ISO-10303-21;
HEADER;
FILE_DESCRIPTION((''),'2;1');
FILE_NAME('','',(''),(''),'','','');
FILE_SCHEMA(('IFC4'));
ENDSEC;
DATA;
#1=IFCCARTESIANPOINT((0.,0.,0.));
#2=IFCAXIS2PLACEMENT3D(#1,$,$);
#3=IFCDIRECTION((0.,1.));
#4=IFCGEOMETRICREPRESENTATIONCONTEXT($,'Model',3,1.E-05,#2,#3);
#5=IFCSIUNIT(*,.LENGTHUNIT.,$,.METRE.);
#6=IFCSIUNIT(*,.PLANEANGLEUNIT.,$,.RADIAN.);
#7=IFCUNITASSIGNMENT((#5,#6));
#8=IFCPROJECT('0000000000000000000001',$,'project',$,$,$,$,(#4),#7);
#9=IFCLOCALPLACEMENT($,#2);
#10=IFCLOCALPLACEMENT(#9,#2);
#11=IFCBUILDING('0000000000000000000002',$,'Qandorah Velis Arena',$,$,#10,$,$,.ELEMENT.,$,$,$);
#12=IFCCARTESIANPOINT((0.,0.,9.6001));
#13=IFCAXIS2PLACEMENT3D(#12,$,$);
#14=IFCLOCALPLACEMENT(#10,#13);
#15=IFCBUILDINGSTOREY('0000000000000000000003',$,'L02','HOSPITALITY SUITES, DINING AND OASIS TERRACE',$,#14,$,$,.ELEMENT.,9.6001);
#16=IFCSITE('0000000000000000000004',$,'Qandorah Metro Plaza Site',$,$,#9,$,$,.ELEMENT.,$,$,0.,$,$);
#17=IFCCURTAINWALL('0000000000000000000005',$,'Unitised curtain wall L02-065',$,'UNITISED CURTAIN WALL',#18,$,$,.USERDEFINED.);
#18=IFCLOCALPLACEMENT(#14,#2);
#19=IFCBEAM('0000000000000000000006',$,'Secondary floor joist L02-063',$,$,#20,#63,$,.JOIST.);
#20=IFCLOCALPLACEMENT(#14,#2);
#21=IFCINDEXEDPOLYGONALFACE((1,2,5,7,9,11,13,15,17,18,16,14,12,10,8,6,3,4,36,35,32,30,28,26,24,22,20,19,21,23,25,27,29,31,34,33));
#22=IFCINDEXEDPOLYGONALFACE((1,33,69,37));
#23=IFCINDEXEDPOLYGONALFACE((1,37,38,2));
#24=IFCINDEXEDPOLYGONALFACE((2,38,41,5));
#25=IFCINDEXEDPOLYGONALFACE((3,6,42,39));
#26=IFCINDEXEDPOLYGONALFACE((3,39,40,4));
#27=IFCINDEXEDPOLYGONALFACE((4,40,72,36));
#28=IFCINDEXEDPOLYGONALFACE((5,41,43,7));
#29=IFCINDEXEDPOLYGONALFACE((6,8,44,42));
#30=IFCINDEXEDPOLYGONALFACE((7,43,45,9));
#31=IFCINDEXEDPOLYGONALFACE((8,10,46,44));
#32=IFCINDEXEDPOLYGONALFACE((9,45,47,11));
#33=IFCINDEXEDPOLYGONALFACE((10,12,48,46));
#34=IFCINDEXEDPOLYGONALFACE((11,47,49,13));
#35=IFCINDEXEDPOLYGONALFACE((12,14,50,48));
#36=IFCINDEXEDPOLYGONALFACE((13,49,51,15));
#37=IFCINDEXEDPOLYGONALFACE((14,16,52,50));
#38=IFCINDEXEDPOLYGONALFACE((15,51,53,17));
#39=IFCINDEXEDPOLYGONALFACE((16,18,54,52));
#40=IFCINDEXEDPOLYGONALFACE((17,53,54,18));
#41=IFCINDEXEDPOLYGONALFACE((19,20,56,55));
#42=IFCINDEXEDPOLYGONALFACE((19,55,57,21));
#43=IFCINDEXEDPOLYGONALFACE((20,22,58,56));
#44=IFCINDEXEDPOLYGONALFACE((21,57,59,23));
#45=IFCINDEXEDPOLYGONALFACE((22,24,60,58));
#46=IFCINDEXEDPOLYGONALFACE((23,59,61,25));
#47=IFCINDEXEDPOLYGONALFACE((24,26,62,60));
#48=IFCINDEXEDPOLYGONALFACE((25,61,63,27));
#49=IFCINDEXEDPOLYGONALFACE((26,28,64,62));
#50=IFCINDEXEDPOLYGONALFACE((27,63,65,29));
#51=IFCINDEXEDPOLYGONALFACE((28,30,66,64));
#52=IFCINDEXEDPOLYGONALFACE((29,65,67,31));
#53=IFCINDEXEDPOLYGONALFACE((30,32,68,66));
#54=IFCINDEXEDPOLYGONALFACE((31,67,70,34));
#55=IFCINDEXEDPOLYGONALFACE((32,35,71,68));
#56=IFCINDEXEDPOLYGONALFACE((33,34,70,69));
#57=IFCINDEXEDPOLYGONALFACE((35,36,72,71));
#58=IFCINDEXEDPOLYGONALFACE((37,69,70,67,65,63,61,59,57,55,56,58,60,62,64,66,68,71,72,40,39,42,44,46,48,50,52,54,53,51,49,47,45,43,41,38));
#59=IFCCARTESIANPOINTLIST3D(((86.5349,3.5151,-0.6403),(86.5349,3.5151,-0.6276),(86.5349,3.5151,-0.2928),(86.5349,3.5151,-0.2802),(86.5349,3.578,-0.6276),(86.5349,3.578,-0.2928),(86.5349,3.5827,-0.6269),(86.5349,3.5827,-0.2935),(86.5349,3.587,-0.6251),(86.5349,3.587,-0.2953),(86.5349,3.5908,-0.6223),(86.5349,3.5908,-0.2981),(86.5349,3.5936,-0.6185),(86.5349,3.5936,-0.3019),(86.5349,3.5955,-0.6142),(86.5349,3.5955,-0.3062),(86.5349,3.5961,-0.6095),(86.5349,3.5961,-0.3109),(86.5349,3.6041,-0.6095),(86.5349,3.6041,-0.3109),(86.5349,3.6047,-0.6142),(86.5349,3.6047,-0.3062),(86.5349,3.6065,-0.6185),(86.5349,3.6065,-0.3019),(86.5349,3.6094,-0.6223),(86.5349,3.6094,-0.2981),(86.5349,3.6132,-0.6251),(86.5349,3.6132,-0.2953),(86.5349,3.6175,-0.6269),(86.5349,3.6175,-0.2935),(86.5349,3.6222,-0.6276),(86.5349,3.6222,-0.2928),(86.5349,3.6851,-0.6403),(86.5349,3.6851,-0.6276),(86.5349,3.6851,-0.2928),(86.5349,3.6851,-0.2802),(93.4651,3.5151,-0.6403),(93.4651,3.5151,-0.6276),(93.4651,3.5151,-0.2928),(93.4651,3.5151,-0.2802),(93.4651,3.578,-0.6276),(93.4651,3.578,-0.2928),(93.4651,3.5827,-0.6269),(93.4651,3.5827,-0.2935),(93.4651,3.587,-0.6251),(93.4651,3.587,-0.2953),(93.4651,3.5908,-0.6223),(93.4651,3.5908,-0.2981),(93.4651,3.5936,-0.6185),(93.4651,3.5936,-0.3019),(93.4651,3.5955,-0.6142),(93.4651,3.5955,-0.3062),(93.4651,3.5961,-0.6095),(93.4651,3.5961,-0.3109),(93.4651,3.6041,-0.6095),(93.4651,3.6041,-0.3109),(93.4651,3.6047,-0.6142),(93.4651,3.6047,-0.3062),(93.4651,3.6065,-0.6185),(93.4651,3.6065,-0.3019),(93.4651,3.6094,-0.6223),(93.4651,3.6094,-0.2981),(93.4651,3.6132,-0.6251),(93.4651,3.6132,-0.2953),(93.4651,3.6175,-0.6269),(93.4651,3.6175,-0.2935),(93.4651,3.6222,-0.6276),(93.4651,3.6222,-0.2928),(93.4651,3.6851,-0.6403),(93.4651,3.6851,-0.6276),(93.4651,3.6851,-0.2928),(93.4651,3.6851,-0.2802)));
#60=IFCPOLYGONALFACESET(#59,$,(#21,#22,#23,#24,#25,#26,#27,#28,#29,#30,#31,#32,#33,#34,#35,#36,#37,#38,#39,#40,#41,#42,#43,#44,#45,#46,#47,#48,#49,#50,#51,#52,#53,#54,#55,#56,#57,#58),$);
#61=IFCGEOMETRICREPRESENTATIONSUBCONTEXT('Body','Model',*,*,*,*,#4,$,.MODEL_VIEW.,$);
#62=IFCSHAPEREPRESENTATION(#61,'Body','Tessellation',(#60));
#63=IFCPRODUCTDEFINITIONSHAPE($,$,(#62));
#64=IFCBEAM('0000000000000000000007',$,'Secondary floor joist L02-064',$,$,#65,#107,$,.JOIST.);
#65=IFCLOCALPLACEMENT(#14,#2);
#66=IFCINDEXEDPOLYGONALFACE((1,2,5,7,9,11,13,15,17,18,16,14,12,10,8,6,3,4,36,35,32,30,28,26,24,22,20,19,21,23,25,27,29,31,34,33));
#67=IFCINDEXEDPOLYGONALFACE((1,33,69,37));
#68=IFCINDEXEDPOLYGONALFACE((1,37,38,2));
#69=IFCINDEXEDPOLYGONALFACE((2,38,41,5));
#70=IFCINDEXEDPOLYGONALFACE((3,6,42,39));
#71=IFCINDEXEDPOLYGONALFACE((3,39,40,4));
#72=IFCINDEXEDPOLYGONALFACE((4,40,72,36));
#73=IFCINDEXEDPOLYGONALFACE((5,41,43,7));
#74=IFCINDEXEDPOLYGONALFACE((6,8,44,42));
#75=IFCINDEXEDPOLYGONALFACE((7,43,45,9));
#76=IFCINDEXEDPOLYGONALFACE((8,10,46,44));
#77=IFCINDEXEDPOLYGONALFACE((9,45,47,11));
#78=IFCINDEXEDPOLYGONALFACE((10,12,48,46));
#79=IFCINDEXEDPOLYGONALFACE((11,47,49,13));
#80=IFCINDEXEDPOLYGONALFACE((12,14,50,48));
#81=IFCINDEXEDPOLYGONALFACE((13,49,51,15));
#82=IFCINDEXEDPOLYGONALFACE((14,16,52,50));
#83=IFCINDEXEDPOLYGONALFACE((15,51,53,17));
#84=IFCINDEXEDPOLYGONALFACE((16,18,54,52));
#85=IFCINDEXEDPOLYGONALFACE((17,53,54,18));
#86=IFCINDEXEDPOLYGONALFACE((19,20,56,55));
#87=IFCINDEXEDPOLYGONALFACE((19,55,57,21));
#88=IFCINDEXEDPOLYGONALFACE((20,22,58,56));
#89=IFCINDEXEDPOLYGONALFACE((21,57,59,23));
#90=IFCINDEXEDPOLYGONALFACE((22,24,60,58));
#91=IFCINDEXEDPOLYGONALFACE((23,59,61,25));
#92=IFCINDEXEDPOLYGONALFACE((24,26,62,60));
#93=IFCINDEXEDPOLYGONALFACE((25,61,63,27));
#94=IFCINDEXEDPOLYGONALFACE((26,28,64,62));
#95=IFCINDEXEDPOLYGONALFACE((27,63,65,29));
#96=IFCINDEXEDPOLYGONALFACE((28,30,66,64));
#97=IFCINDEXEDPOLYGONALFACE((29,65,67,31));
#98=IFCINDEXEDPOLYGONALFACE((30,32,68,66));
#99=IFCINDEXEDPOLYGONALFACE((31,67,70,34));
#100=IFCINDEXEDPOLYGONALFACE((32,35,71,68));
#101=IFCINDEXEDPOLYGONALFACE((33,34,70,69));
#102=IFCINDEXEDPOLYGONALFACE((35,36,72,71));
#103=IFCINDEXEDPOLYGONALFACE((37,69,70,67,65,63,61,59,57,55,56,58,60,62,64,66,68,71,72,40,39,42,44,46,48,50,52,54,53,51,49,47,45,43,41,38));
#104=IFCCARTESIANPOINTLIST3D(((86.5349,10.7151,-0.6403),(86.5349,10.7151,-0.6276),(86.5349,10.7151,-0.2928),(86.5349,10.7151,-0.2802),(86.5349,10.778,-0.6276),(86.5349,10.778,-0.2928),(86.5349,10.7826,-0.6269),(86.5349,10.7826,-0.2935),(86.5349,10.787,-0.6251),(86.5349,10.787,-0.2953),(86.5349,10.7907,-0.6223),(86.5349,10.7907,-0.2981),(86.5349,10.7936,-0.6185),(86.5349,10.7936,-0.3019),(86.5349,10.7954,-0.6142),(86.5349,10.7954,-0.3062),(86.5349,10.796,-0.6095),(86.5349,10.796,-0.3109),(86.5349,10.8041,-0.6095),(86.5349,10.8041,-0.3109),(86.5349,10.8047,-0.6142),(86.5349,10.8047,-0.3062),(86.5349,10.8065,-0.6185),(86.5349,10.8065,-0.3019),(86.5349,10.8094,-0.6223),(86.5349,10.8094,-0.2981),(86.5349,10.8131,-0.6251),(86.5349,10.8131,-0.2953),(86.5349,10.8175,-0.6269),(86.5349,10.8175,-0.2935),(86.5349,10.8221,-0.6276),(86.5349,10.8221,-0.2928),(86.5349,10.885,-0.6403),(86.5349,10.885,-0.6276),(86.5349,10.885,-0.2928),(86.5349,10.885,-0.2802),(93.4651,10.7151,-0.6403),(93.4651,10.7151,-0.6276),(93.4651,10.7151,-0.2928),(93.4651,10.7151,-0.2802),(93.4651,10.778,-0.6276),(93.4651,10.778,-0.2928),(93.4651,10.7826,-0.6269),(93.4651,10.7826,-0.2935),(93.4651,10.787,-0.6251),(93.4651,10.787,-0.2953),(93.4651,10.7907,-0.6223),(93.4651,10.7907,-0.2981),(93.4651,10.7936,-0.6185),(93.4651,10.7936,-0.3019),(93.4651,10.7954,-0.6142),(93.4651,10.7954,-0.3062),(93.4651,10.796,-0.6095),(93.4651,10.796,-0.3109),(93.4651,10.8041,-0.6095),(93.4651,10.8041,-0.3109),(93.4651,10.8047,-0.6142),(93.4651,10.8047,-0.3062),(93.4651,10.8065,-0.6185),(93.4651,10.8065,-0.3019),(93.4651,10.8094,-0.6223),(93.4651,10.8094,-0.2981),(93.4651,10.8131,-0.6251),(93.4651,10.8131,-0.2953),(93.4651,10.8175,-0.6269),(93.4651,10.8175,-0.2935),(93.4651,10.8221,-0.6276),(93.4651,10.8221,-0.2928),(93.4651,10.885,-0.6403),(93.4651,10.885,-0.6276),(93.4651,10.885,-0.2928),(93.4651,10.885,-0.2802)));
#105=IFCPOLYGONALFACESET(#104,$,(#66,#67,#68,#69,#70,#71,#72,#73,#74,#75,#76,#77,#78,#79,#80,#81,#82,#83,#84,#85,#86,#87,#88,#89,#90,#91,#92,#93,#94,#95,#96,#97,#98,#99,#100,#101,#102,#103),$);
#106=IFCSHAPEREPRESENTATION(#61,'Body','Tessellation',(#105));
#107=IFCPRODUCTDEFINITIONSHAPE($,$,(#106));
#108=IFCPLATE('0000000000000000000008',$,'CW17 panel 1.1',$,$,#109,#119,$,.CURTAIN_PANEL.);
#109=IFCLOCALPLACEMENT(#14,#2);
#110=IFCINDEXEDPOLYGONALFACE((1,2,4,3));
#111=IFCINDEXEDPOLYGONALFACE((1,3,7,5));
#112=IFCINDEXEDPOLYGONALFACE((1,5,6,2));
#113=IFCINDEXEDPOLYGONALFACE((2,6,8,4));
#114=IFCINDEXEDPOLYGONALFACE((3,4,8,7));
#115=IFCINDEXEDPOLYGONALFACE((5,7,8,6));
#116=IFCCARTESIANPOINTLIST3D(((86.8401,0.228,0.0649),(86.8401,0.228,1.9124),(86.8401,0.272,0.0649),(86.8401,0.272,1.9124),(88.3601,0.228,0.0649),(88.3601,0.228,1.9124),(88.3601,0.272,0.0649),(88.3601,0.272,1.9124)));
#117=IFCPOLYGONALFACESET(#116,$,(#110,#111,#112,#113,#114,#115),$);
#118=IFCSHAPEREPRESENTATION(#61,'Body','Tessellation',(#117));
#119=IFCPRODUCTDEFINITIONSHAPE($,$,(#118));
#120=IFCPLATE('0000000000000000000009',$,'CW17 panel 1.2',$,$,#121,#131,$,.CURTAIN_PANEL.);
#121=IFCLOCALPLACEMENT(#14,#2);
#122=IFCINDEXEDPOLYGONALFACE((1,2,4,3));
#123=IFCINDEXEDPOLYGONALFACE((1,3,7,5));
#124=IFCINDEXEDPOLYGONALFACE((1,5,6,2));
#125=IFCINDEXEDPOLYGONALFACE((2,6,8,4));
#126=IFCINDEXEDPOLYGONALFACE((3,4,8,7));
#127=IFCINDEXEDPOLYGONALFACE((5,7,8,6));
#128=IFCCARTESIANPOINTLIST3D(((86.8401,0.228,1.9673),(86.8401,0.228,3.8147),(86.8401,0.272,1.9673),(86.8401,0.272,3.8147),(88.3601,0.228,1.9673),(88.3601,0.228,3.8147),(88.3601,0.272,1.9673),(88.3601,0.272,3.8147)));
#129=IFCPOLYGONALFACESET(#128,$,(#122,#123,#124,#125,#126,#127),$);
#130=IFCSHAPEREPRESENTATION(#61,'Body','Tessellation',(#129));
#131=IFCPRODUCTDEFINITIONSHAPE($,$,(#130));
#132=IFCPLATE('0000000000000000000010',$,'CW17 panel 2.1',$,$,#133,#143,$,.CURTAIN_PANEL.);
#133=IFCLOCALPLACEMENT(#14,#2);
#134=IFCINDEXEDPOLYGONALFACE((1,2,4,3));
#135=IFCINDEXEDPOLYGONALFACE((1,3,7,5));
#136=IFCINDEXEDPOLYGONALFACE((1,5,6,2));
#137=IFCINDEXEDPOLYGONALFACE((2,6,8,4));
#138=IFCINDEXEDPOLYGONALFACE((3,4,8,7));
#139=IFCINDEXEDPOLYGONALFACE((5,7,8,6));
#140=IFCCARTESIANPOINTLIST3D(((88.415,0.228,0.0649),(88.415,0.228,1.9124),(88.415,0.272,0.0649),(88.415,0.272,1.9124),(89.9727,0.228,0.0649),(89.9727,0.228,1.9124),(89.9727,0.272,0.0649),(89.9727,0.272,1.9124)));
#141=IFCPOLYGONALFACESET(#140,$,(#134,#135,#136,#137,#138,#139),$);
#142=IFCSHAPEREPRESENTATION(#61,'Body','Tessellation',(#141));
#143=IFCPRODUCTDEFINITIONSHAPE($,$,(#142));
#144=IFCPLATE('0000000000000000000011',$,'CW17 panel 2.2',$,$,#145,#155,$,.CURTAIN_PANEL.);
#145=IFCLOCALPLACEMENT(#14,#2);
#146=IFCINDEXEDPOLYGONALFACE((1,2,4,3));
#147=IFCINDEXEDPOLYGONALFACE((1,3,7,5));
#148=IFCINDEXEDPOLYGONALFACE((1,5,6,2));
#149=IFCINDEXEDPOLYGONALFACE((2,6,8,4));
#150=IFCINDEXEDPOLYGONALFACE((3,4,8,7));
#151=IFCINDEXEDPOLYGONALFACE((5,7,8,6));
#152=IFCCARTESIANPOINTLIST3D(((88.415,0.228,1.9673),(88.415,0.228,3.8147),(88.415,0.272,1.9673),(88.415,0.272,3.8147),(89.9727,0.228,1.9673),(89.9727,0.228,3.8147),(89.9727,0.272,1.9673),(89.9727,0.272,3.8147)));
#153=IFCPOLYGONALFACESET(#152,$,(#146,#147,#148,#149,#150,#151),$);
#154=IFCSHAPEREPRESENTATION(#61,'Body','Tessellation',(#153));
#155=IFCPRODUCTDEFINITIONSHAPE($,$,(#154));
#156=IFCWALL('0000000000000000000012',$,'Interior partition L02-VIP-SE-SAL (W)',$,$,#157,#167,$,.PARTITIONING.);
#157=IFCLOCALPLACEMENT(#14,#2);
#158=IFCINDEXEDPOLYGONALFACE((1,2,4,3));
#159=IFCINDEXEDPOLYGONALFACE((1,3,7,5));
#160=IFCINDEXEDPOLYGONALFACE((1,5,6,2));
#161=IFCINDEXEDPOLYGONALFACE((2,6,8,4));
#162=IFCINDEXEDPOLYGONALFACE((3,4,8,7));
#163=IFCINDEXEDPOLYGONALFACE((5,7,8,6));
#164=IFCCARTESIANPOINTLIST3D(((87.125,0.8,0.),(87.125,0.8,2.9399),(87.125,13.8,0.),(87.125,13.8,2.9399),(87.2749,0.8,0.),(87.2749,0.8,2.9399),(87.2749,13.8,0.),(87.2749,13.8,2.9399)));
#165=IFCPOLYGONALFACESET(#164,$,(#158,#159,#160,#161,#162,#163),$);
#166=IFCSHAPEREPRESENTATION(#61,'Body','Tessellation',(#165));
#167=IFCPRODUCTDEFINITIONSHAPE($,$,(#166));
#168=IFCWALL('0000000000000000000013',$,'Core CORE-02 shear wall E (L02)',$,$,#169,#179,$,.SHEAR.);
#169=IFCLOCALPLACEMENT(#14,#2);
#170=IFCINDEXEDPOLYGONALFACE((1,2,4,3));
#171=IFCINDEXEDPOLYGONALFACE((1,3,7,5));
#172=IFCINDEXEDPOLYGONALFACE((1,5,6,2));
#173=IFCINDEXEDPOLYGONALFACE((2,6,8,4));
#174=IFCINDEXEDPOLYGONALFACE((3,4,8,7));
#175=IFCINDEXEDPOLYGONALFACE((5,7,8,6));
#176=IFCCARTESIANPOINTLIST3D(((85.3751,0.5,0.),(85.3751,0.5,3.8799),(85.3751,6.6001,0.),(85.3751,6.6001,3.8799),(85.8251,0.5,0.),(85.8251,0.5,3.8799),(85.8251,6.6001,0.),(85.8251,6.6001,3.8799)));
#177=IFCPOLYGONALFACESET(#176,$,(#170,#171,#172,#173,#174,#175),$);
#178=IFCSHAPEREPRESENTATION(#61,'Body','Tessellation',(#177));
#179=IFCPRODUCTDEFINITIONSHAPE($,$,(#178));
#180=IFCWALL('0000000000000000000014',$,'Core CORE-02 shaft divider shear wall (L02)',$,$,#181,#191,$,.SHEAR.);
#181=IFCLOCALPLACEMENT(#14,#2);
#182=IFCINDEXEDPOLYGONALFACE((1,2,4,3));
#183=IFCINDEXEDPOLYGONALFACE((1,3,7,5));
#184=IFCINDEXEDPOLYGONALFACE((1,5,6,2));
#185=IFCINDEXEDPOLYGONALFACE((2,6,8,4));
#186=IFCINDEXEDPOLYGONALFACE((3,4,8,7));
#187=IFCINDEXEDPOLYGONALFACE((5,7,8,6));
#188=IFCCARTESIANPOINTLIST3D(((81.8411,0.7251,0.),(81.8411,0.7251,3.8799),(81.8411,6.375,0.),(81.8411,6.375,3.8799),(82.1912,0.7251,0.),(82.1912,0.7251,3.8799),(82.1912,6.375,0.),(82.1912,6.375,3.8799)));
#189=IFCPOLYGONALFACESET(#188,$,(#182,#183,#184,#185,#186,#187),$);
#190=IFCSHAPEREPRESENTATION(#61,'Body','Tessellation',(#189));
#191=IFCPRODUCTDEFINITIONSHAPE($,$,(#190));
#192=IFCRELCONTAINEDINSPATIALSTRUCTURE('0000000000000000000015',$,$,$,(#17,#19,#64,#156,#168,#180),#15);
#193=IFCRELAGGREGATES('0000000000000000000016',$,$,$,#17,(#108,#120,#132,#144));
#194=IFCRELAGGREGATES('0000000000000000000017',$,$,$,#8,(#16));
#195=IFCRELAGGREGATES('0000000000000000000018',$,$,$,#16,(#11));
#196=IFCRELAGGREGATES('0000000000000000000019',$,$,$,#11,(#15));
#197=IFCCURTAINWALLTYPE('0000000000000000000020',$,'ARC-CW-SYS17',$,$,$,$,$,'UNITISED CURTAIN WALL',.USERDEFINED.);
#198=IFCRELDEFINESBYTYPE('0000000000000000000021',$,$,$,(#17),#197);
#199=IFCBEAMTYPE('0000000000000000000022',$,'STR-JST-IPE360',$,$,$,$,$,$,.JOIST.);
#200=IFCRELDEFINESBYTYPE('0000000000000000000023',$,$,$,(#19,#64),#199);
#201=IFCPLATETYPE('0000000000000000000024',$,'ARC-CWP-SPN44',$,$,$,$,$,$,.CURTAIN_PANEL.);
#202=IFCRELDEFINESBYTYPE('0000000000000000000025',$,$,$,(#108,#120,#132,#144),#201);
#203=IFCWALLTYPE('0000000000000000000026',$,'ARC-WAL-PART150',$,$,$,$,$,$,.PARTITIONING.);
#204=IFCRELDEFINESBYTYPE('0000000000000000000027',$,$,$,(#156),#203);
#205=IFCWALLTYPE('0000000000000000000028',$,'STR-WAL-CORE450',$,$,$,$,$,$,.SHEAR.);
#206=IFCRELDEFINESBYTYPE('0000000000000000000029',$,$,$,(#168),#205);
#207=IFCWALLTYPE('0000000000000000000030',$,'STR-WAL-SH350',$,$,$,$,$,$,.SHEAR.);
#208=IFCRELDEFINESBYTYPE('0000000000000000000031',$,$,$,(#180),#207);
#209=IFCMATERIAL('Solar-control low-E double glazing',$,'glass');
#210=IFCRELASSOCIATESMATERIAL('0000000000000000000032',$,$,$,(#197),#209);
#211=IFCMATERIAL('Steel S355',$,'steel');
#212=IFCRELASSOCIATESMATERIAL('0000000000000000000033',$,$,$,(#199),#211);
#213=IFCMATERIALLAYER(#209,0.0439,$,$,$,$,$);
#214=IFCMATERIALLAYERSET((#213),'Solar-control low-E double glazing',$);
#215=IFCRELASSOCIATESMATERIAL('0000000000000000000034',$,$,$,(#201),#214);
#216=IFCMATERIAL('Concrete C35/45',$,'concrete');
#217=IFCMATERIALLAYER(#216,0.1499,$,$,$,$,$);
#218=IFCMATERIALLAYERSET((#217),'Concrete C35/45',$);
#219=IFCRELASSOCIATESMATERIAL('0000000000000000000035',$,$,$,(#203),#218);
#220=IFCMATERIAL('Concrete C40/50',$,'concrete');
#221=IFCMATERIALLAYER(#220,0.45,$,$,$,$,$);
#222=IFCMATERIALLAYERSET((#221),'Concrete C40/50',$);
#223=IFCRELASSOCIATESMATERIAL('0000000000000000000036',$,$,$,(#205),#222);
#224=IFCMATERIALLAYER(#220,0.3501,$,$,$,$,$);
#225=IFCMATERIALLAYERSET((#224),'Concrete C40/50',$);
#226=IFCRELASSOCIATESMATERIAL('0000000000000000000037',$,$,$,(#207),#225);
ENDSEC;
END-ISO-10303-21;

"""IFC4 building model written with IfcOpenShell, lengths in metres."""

from ifc_helpers import new_model, si_unit, direction, frame, frame_2d, origin, origin_2d, place, context, subcontext, project, spatial, rectangle, i_section, extrude, material, layer, layer_set, material_profile, profile_set, type_object, element, aggregate, save


model = new_model("IFC4")

# Units and contexts
model_context = context("Model", 3, precision=1e-05, world=origin(), true_north=direction((0.0, 1.0)))
body_context = subcontext(model_context, "Body", "Model", "MODEL_VIEW")
ifc_project = project(units=[si_unit("LENGTHUNIT", "METRE"), si_unit("PLANEANGLEUNIT", "RADIAN")], contexts=[model_context])

# Site, building, storey
site_placement = place(None, origin())
site = spatial("IfcSite", under=ifc_project, at=site_placement, Name="Qandorah Metro Plaza Site", CompositionType="ELEMENT", RefElevation=0.0)
building_placement = place(site_placement, origin())
building = spatial("IfcBuilding", under=site, at=building_placement, Name="Qandorah Velis Arena", CompositionType="ELEMENT")
storey_placement = place(building_placement, frame((0.0, 0.0, 9.6001)))
storey = spatial("IfcBuildingStorey", under=building, at=storey_placement, Name="L02", Description="HOSPITALITY SUITES, DINING AND OASIS TERRACE", CompositionType="ELEMENT", Elevation=9.6001)

# Shared definitions
ifc_material_1 = material(Name="Concrete C40/50", Category="concrete")
ifc_material_2 = material(Name="Steel S355", Category="steel")

# Curtain wall
ifc_material_3 = material(Name="Solar-control low-E double glazing", Category="glass")
curtain_wall_type = type_object("IfcCurtainWallType", Name="ARC-CW-SYS17", ElementType="UNITISED CURTAIN WALL", PredefinedType="USERDEFINED", material=ifc_material_3)
curtain_wall_placement = place(storey_placement, origin())
curtain_wall = element("IfcCurtainWall", 1, at=curtain_wall_placement, inside=storey, type_object=curtain_wall_type, Name="Unitised curtain wall L02-065", ObjectType="UNITISED CURTAIN WALL", PredefinedType="USERDEFINED")

# Beams
ifc_material_profile_1 = material_profile(ifc_material_2, i_section(OverallWidth=0.1699, OverallDepth=0.3601, WebThickness=0.0081, FlangeThickness=0.0127, FilletRadius=0.0181, at=origin_2d()), Name="IPE 360")
ifc_profile_set_1 = profile_set([ifc_material_profile_1], Name="Steel S355")
beam_type_1 = type_object("IfcBeamType", Name="STR-JST-IPE360", PredefinedType="JOIST", material=ifc_profile_set_1)
for number, where, z_axis, x_axis, name in (
    (2, (86.5349, 3.6001, -0.4602), (1.0, 0.0, 0.0), (0.0, 1.0, 0.0), "Secondary floor joist L02-063"),
    (3, (86.5349, 10.8, -0.4602), (1.0, 0.0, 0.0), (0.0, 1.0, 0.0), "Secondary floor joist L02-064"),
):
    element("IfcBeam", number, at=place(storey_placement, frame(where, z_axis=z_axis, x_axis=x_axis)), inside=storey, type_object=beam_type_1, Name=name, PredefinedType="JOIST", context=body_context, shape_type="SweptSolid", body=[
        extrude(i_section(OverallWidth=0.1699, OverallDepth=0.3601, WebThickness=0.0081, FlangeThickness=0.0127, FilletRadius=0.0181, at=origin_2d()), origin(), (0.0, 0.0, 1.0), 6.9302),
    ])

# Plates
ifc_layer_1 = layer(ifc_material_3, 0.0439)
ifc_layer_set_1 = layer_set([ifc_layer_1], Name="Solar-control low-E double glazing")
plate_type = type_object("IfcPlateType", Name="ARC-CWP-SPN44", PredefinedType="CURTAIN_PANEL", material=ifc_layer_set_1)
plate_1_placement = place(storey_placement, frame((87.6001, 0.25, 0.0649), z_axis=(0.0, 0.0, 1.0), x_axis=(1.0, 0.0, 0.0)))
plate_1 = element("IfcPlate", 4, at=plate_1_placement, type_object=plate_type, Name="CW17 panel 1.1", PredefinedType="CURTAIN_PANEL", context=body_context, shape_type="SweptSolid", body=[
    extrude(rectangle(XDim=1.52, YDim=0.0439, at=origin_2d()), origin(), (0.0, 0.0, 1.0), 1.8474),
])
plate_2_placement = place(storey_placement, frame((87.6001, 0.25, 1.9673), z_axis=(0.0, 0.0, 1.0), x_axis=(1.0, 0.0, 0.0)))
plate_2 = element("IfcPlate", 5, at=plate_2_placement, type_object=plate_type, Name="CW17 panel 1.2", PredefinedType="CURTAIN_PANEL", context=body_context, shape_type="SweptSolid", body=[
    extrude(rectangle(XDim=1.52, YDim=0.0439, at=origin_2d()), origin(), (0.0, 0.0, 1.0), 1.8474),
])
plate_3_placement = place(storey_placement, frame((89.1938, 0.25, 0.0649), z_axis=(0.0, 0.0, 1.0), x_axis=(1.0, 0.0, 0.0)))
plate_3 = element("IfcPlate", 6, at=plate_3_placement, type_object=plate_type, Name="CW17 panel 2.1", PredefinedType="CURTAIN_PANEL", context=body_context, shape_type="SweptSolid", body=[
    extrude(rectangle(XDim=1.5576, YDim=0.0439, at=origin_2d()), origin(), (0.0, 0.0, 1.0), 1.8474),
])
plate_4_placement = place(storey_placement, frame((89.1938, 0.25, 1.9673), z_axis=(0.0, 0.0, 1.0), x_axis=(1.0, 0.0, 0.0)))
plate_4 = element("IfcPlate", 7, at=plate_4_placement, type_object=plate_type, Name="CW17 panel 2.2", PredefinedType="CURTAIN_PANEL", context=body_context, shape_type="SweptSolid", body=[
    extrude(rectangle(XDim=1.5576, YDim=0.0439, at=origin_2d()), origin(), (0.0, 0.0, 1.0), 1.8474),
])
aggregate(curtain_wall, [plate_1, plate_2, plate_3, plate_4])

# Walls
ifc_material_4 = material(Name="Concrete C35/45", Category="concrete")
ifc_layer_2 = layer(ifc_material_4, 0.1499)
ifc_layer_set_2 = layer_set([ifc_layer_2], Name="Concrete C35/45")
wall_type_1 = type_object("IfcWallType", Name="ARC-WAL-PART150", PredefinedType="PARTITIONING", material=ifc_layer_set_2)
wall_1_placement = place(storey_placement, frame((87.2, 13.8, 0.0), z_axis=(0.0, 0.0, 1.0), x_axis=(0.0, -1.0, 0.0)))
element("IfcWall", 8, at=wall_1_placement, inside=storey, type_object=wall_type_1, Name="Interior partition L02-VIP-SE-SAL (W)", PredefinedType="PARTITIONING", context=body_context, shape_type="SweptSolid", body=[
    extrude(rectangle(XDim=13.0, YDim=0.1499, at=frame_2d((6.5, 0.0))), origin(), (0.0, 0.0, 1.0), 2.9399),
])
ifc_layer_3 = layer(ifc_material_1, 0.45)
ifc_layer_set_3 = layer_set([ifc_layer_3], Name="Concrete C40/50")
wall_type_2 = type_object("IfcWallType", Name="STR-WAL-CORE450", PredefinedType="SHEAR", material=ifc_layer_set_3)
wall_2_placement = place(storey_placement, frame((85.6001, 0.5, 0.0), z_axis=(0.0, 0.0, 1.0), x_axis=(0.0, 1.0, 0.0)))
element("IfcWall", 9, at=wall_2_placement, inside=storey, type_object=wall_type_2, Name="Core CORE-02 shear wall E (L02)", PredefinedType="SHEAR", context=body_context, shape_type="SweptSolid", body=[
    extrude(rectangle(XDim=6.1001, YDim=0.45, at=frame_2d((3.05, 0.0))), origin(), (0.0, 0.0, 1.0), 3.8799),
])
ifc_layer_4 = layer(ifc_material_1, 0.3501)
ifc_layer_set_4 = layer_set([ifc_layer_4], Name="Concrete C40/50")
wall_type_3 = type_object("IfcWallType", Name="STR-WAL-SH350", PredefinedType="SHEAR", material=ifc_layer_set_4)
wall_3_placement = place(storey_placement, frame((82.0161, 0.7251, 0.0), z_axis=(0.0, 0.0, 1.0), x_axis=(0.0, 1.0, 0.0)))
element("IfcWall", 10, at=wall_3_placement, inside=storey, type_object=wall_type_3, Name="Core CORE-02 shaft divider shear wall (L02)", PredefinedType="SHEAR", context=body_context, shape_type="SweptSolid", body=[
    extrude(rectangle(XDim=5.6499, YDim=0.3501, at=frame_2d((2.825, 0.0))), origin(), (0.0, 0.0, 1.0), 3.8799),
])

save(model, "model.ifc")
